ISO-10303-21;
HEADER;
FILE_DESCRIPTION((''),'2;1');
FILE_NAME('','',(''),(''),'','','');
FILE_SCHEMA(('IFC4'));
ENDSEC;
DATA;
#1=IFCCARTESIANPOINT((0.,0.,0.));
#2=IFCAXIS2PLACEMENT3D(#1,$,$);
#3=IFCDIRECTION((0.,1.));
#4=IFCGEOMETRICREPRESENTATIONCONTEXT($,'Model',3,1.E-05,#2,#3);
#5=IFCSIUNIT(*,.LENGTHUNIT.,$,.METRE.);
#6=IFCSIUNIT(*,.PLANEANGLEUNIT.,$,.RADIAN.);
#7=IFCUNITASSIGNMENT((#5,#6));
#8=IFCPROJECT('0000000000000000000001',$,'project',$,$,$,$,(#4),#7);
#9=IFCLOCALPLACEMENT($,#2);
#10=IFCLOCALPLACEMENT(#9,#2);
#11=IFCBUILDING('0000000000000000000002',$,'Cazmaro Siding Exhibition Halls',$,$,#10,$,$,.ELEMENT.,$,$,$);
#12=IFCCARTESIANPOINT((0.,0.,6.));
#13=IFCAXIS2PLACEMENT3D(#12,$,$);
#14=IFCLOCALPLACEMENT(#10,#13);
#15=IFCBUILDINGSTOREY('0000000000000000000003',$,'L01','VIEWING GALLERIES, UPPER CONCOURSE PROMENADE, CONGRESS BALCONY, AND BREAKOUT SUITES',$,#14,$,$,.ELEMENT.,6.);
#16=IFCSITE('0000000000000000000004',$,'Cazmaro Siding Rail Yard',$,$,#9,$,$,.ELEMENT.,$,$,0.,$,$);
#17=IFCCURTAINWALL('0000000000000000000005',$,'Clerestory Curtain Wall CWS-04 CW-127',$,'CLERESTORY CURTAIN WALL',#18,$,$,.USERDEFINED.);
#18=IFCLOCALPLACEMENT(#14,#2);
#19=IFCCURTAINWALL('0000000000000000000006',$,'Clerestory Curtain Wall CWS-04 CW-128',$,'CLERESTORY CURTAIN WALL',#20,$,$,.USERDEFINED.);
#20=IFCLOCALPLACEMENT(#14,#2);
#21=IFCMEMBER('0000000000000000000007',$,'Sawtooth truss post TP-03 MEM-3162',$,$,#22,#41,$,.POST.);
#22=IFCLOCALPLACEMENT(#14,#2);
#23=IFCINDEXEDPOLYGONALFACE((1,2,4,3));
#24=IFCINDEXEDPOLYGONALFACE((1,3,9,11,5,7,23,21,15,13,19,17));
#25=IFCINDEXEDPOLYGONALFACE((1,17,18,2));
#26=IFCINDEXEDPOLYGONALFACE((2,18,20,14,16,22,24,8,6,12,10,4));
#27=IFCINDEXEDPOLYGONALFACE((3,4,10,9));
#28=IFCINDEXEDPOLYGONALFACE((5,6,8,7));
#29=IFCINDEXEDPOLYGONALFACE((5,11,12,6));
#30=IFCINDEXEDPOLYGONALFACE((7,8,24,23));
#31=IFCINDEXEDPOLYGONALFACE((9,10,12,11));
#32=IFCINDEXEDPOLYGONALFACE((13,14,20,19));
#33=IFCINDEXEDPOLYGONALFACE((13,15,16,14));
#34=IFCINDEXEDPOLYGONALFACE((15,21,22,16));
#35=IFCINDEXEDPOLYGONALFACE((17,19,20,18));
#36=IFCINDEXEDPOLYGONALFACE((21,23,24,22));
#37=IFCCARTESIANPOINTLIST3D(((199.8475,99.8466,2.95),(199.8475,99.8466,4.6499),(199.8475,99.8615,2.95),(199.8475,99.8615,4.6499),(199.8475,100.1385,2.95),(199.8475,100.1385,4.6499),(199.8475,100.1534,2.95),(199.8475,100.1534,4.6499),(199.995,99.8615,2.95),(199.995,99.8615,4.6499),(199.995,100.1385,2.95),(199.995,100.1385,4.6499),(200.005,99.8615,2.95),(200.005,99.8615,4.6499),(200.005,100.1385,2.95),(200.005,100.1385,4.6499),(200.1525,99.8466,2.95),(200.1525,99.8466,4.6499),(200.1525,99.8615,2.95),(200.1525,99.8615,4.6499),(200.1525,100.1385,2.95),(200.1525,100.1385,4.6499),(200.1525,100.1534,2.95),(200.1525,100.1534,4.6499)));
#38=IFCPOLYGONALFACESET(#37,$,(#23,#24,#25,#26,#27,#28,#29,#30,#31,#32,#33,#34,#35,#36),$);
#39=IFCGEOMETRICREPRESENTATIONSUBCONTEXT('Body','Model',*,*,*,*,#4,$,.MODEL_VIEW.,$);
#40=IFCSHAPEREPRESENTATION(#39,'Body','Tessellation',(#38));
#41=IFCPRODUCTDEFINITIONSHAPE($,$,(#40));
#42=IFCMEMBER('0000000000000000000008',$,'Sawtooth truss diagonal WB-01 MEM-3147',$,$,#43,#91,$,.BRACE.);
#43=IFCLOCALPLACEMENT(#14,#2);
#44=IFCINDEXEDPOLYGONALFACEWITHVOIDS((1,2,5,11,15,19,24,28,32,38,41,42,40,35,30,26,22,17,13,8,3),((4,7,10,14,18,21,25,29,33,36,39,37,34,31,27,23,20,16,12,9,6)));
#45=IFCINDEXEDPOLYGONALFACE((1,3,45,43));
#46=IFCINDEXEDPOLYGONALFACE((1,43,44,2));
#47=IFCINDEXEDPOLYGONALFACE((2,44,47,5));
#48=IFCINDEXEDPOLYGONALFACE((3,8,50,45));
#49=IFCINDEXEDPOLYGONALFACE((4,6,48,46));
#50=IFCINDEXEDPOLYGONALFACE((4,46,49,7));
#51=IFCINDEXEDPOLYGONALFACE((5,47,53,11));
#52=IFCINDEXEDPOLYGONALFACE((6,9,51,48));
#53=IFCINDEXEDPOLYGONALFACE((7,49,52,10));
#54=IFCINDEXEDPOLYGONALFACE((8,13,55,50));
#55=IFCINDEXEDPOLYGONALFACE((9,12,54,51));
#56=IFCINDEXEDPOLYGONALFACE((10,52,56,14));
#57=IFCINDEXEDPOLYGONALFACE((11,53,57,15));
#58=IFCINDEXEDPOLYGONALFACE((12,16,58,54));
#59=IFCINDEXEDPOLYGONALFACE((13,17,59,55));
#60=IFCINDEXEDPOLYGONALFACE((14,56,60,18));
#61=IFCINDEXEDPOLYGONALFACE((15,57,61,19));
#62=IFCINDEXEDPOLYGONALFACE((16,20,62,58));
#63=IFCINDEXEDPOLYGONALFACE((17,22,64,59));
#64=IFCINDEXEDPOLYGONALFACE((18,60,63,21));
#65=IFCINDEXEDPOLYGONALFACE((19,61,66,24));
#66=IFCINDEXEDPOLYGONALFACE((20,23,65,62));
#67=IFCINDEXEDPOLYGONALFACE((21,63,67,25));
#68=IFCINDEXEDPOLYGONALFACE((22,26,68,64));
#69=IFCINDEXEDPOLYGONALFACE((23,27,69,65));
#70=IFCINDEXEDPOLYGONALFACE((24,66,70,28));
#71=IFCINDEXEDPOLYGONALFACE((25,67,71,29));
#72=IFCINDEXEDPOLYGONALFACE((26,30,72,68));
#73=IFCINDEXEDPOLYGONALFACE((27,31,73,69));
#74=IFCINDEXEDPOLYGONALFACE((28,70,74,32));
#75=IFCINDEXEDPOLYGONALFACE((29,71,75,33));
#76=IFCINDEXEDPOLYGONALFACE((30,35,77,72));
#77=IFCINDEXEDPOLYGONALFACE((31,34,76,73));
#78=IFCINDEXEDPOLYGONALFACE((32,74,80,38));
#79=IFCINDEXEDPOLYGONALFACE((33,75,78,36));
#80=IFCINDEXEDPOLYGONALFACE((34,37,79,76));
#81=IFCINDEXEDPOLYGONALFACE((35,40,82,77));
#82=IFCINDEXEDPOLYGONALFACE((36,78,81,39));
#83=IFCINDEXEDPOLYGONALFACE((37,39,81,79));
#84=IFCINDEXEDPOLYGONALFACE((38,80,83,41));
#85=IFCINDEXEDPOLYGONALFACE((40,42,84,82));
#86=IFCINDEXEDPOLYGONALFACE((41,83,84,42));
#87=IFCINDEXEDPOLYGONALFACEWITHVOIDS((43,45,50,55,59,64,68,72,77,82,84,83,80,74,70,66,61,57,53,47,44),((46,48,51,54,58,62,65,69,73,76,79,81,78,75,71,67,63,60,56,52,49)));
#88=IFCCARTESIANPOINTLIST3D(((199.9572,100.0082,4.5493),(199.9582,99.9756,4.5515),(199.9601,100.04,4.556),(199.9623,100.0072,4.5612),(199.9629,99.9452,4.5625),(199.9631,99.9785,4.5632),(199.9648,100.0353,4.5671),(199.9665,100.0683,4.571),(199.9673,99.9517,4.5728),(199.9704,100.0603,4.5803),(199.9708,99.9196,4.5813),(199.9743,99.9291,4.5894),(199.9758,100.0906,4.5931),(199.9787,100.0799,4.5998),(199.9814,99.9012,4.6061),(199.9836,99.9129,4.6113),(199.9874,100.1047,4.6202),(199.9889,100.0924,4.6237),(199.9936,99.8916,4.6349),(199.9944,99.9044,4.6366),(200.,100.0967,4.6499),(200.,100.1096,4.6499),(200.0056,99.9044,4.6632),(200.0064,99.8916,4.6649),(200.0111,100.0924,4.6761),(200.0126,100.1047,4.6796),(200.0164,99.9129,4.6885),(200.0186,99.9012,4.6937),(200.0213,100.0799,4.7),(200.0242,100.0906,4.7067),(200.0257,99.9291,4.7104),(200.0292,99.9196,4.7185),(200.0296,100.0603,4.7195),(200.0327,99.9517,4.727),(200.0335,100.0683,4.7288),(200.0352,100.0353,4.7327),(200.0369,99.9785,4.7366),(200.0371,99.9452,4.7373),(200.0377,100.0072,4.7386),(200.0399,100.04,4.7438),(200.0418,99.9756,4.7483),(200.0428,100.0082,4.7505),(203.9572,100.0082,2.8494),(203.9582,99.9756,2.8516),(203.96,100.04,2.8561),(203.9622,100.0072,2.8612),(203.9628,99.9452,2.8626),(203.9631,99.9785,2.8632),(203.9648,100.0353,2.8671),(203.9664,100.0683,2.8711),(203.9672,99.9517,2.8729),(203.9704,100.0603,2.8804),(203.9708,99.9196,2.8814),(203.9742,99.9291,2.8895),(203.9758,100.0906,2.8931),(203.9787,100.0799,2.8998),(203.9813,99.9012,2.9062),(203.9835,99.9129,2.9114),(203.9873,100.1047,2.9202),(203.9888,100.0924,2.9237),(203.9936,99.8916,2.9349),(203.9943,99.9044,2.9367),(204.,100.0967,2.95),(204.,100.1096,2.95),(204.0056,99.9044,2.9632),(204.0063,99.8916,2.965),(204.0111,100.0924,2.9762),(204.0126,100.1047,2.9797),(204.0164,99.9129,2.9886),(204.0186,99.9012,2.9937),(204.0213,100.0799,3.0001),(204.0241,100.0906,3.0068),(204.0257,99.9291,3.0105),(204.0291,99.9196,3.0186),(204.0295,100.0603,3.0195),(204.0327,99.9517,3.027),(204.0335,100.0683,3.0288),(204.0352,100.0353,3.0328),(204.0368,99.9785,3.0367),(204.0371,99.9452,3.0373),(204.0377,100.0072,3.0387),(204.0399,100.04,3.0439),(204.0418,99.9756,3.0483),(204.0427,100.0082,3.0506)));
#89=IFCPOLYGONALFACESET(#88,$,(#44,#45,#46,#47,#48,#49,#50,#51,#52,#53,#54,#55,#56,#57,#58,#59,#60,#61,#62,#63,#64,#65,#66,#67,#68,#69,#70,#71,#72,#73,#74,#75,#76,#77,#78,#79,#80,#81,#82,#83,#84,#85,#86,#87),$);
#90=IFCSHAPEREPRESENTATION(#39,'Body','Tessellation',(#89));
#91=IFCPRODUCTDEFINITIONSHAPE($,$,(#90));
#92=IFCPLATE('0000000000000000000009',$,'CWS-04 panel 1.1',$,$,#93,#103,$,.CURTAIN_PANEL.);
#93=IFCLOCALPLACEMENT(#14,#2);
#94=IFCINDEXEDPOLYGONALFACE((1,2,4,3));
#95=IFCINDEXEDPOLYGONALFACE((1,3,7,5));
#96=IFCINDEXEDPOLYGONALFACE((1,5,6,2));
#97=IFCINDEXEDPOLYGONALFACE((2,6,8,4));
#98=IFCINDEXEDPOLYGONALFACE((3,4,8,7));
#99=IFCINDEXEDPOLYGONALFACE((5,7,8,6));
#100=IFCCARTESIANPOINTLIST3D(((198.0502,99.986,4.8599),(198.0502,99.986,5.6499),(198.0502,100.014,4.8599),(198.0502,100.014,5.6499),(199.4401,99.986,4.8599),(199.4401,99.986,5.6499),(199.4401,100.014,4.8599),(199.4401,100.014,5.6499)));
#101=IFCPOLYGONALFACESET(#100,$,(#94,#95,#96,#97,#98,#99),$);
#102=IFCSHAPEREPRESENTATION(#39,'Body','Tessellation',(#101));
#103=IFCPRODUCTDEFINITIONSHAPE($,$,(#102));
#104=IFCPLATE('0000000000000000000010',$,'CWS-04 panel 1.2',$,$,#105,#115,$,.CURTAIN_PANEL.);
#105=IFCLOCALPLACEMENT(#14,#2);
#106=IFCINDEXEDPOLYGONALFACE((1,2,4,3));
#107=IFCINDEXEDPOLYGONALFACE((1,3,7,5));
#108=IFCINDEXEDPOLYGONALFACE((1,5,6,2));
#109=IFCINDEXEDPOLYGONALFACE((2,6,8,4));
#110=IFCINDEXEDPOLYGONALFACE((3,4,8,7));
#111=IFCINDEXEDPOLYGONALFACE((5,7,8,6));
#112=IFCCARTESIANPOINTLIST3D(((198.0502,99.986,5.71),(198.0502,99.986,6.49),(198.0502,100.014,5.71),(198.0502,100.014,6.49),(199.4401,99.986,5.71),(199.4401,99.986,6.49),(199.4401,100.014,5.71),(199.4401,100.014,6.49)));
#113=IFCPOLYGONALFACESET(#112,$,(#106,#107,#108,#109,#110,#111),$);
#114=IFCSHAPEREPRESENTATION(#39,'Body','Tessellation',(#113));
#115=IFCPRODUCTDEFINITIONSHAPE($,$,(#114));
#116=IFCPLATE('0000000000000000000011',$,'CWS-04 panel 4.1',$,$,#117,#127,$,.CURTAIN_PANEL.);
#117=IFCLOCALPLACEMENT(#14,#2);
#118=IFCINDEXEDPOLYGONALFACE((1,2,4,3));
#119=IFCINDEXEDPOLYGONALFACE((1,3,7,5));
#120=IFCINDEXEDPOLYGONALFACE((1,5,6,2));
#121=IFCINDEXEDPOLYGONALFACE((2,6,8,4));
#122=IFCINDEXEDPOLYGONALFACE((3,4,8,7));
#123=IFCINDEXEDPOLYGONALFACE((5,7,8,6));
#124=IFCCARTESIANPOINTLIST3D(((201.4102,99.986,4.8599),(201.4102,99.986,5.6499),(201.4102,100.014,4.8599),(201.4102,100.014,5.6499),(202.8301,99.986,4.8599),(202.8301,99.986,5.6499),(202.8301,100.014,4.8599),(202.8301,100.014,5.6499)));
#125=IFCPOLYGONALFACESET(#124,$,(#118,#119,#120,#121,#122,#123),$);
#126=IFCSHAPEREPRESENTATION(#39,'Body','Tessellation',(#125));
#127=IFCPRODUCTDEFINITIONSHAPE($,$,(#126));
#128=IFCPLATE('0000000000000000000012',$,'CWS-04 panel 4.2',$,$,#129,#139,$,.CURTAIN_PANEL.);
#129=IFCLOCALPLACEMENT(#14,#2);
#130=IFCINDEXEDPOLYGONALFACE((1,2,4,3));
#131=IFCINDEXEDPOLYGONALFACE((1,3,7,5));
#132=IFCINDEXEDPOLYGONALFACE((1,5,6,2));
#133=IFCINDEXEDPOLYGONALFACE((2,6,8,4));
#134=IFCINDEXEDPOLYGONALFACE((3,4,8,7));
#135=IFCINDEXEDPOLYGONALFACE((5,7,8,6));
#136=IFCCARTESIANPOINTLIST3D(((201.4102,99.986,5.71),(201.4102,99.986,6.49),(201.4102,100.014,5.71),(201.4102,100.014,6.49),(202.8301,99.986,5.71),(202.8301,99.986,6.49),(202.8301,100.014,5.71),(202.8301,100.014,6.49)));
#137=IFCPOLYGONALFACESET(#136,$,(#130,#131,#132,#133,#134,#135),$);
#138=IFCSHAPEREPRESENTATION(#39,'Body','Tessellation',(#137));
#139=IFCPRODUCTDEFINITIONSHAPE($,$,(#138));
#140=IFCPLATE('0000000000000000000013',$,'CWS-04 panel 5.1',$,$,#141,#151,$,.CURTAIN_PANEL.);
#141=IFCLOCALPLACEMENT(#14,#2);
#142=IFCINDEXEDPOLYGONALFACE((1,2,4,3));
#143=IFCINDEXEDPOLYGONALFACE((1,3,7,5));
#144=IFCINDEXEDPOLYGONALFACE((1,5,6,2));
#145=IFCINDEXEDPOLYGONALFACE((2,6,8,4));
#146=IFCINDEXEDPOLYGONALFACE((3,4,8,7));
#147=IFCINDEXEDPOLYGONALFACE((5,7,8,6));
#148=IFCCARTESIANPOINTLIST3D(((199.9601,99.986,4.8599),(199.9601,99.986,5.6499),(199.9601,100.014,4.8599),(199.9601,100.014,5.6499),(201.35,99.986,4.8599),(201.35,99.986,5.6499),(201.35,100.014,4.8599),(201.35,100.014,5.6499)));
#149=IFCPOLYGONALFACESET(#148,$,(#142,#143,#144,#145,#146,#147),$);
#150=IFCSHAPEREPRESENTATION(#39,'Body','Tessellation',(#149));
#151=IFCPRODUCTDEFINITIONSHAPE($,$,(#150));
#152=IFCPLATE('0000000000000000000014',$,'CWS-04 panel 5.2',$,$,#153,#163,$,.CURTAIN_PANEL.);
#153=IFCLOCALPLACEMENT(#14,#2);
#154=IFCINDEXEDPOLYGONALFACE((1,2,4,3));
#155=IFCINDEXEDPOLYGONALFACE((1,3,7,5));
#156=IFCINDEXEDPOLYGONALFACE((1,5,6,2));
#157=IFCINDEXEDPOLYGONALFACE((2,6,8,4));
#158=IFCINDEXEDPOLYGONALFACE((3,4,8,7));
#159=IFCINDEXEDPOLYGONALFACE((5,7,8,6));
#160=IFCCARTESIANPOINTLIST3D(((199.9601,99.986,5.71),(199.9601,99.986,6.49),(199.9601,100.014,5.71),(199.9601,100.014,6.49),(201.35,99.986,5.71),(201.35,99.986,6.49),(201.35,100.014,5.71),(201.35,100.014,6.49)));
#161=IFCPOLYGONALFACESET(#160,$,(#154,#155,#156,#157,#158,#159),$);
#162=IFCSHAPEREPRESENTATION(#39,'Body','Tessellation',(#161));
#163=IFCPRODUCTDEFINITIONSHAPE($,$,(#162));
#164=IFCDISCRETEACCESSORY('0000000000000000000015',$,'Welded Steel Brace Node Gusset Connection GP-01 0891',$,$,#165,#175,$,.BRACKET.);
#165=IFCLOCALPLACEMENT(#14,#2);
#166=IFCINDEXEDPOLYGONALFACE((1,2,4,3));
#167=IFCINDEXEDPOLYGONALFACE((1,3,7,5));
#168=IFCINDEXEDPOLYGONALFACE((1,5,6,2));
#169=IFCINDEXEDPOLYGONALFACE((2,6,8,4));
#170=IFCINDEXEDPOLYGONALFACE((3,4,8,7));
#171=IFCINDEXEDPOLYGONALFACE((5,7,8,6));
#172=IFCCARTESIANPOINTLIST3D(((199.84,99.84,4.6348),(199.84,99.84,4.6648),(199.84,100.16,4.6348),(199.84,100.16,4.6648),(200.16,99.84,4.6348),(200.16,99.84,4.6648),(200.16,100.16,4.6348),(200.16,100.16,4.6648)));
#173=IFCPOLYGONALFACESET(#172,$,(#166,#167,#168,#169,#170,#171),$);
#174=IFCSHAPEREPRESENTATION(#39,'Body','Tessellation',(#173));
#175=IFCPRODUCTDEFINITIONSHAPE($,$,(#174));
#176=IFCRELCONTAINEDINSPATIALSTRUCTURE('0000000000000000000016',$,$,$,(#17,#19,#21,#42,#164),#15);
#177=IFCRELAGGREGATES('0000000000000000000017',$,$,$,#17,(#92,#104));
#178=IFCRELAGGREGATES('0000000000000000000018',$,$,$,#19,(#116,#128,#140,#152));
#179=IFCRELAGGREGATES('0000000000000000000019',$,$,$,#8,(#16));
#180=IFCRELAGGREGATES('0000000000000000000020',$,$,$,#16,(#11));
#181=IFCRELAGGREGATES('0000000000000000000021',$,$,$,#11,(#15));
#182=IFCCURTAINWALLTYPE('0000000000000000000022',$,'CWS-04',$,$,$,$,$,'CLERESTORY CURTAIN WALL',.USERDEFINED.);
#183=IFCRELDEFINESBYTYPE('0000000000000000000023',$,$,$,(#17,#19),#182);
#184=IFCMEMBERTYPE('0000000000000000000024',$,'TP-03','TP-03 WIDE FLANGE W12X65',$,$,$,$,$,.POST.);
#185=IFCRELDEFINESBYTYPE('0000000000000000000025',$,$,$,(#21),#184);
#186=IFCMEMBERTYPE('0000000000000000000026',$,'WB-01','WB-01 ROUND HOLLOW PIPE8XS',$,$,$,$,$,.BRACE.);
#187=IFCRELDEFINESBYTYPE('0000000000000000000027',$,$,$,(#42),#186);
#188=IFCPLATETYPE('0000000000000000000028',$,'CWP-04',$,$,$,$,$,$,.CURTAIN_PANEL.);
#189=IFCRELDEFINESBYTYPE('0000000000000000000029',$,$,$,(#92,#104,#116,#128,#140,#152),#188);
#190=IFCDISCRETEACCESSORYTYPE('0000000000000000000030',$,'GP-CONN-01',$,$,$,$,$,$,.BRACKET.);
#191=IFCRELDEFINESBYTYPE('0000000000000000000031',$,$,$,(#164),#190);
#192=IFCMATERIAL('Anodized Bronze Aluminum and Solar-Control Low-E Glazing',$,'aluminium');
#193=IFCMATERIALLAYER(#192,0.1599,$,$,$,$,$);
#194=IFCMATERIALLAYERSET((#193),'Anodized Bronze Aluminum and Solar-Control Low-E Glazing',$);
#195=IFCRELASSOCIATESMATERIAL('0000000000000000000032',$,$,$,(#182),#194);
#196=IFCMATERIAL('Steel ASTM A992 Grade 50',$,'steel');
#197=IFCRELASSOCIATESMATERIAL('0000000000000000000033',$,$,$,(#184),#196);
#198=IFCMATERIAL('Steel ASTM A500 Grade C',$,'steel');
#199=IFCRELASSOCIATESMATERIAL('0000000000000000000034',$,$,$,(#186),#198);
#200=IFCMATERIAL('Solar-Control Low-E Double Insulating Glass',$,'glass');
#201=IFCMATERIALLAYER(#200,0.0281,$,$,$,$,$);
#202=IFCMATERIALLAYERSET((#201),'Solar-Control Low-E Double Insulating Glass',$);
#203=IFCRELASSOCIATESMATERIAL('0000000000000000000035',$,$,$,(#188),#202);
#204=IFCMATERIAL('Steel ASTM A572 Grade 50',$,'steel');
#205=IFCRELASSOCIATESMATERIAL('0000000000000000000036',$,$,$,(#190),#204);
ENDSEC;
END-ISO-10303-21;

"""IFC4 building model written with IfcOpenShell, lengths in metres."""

from ifc_helpers import new_model, si_unit, direction, frame, origin, origin_2d, place, context, subcontext, project, spatial, rectangle, hollow_circle, i_section, extrude, material, layer, layer_set, material_profile, profile_set, type_object, element, aggregate, save


model = new_model("IFC4")

# Units and contexts
model_context = context("Model", 3, precision=1e-05, world=origin(), true_north=direction((0.0, 1.0)))
body_context = subcontext(model_context, "Body", "Model", "MODEL_VIEW")
ifc_project = project(units=[si_unit("LENGTHUNIT", "METRE"), si_unit("PLANEANGLEUNIT", "RADIAN")], contexts=[model_context])

# Site, building, storey
site_placement = place(None, origin())
site = spatial("IfcSite", under=ifc_project, at=site_placement, Name="Cazmaro Siding Rail Yard", CompositionType="ELEMENT", RefElevation=0.0)
building_placement = place(site_placement, origin())
building = spatial("IfcBuilding", under=site, at=building_placement, Name="Cazmaro Siding Exhibition Halls", CompositionType="ELEMENT")
storey_placement = place(building_placement, frame((0.0, 0.0, 6.0)))
storey = spatial("IfcBuildingStorey", under=building, at=storey_placement, Name="L01", Description="VIEWING GALLERIES, UPPER CONCOURSE PROMENADE, CONGRESS BALCONY, AND BREAKOUT SUITES", CompositionType="ELEMENT", Elevation=6.0)

# Curtain walls
ifc_material_1 = material(Name="Anodized Bronze Aluminum and Solar-Control Low-E Glazing", Category="aluminium")
ifc_layer_1 = layer(ifc_material_1, 0.1599)
ifc_layer_set_1 = layer_set([ifc_layer_1], Name="Anodized Bronze Aluminum and Solar-Control Low-E Glazing")
curtain_wall_type = type_object("IfcCurtainWallType", Name="CWS-04", ElementType="CLERESTORY CURTAIN WALL", PredefinedType="USERDEFINED", material=ifc_layer_set_1)
curtain_wall_1_placement = place(storey_placement, origin())
curtain_wall_1 = element("IfcCurtainWall", 1, at=curtain_wall_1_placement, inside=storey, type_object=curtain_wall_type, Name="Clerestory Curtain Wall CWS-04 CW-127", ObjectType="CLERESTORY CURTAIN WALL", PredefinedType="USERDEFINED")
curtain_wall_2_placement = place(storey_placement, origin())
curtain_wall_2 = element("IfcCurtainWall", 2, at=curtain_wall_2_placement, inside=storey, type_object=curtain_wall_type, Name="Clerestory Curtain Wall CWS-04 CW-128", ObjectType="CLERESTORY CURTAIN WALL", PredefinedType="USERDEFINED")

# Members
ifc_material_2 = material(Name="Steel ASTM A992 Grade 50", Category="steel")
ifc_material_profile_1 = material_profile(ifc_material_2, i_section(OverallWidth=0.3049, OverallDepth=0.3069, WebThickness=0.01, FlangeThickness=0.0149, at=origin_2d()), Name="W12X65")
ifc_profile_set_1 = profile_set([ifc_material_profile_1], Name="Steel ASTM A992 Grade 50")
member_type_1 = type_object("IfcMemberType", Name="TP-03", Description="TP-03 WIDE FLANGE W12X65", PredefinedType="POST", material=ifc_profile_set_1)
member_1_placement = place(storey_placement, frame((200.0, 100.0, 2.95), z_axis=(0.0, 0.0, 1.0), x_axis=(1.0, 0.0, 0.0)))
element("IfcMember", 3, at=member_1_placement, inside=storey, type_object=member_type_1, Name="Sawtooth truss post TP-03 MEM-3162", PredefinedType="POST", context=body_context, shape_type="SweptSolid", body=[
    extrude(i_section(OverallWidth=0.3049, OverallDepth=0.3069, WebThickness=0.01, FlangeThickness=0.0149, at=origin_2d()), origin(), (0.0, 0.0, 1.0), 1.7),
])
ifc_material_3 = material(Name="Steel ASTM A500 Grade C", Category="steel")
ifc_material_profile_2 = material_profile(ifc_material_3, hollow_circle(Radius=0.1096, WallThickness=0.0129, at=origin_2d()), Name="PIPE8XS")
ifc_profile_set_2 = profile_set([ifc_material_profile_2], Name="Steel ASTM A500 Grade C")
member_type_2 = type_object("IfcMemberType", Name="WB-01", Description="WB-01 ROUND HOLLOW PIPE8XS", PredefinedType="BRACE", material=ifc_profile_set_2)
member_2_placement = place(storey_placement, frame((200.0, 100.0, 4.6499), z_axis=(0.920335, 0.0, -0.391131), x_axis=(0.0, 1.0, 0.0)))
element("IfcMember", 4, at=member_2_placement, inside=storey, type_object=member_type_2, Name="Sawtooth truss diagonal WB-01 MEM-3147", PredefinedType="BRACE", context=body_context, shape_type="SweptSolid", body=[
    extrude(hollow_circle(Radius=0.1096, WallThickness=0.0129, at=origin_2d()), origin(), (0.0, 0.0, 1.0), 4.3462),
])

# Plates
ifc_material_4 = material(Name="Solar-Control Low-E Double Insulating Glass", Category="glass")
ifc_layer_2 = layer(ifc_material_4, 0.0281)
ifc_layer_set_2 = layer_set([ifc_layer_2], Name="Solar-Control Low-E Double Insulating Glass")
plate_type = type_object("IfcPlateType", Name="CWP-04", PredefinedType="CURTAIN_PANEL", material=ifc_layer_set_2)
plate_1_placement = place(storey_placement, frame((198.7451, 100.0, 4.8599), z_axis=(0.0, 0.0, 1.0), x_axis=(-1.0, 0.0, 0.0)))
plate_1 = element("IfcPlate", 5, at=plate_1_placement, type_object=plate_type, Name="CWS-04 panel 1.1", PredefinedType="CURTAIN_PANEL", context=body_context, shape_type="SweptSolid", body=[
    extrude(rectangle(XDim=1.3899, YDim=0.0281, at=origin_2d()), origin(), (0.0, 0.0, 1.0), 0.79),
])
plate_2_placement = place(storey_placement, frame((198.7451, 100.0, 5.71), z_axis=(0.0, 0.0, 1.0), x_axis=(-1.0, 0.0, 0.0)))
plate_2 = element("IfcPlate", 6, at=plate_2_placement, type_object=plate_type, Name="CWS-04 panel 1.2", PredefinedType="CURTAIN_PANEL", context=body_context, shape_type="SweptSolid", body=[
    extrude(rectangle(XDim=1.3899, YDim=0.0281, at=origin_2d()), origin(), (0.0, 0.0, 1.0), 0.78),
])
aggregate(curtain_wall_1, [plate_1, plate_2])
plate_3_placement = place(storey_placement, frame((202.1201, 100.0, 4.8599), z_axis=(0.0, 0.0, 1.0), x_axis=(-1.0, 0.0, 0.0)))
plate_3 = element("IfcPlate", 7, at=plate_3_placement, type_object=plate_type, Name="CWS-04 panel 4.1", PredefinedType="CURTAIN_PANEL", context=body_context, shape_type="SweptSolid", body=[
    extrude(rectangle(XDim=1.4199, YDim=0.0281, at=origin_2d()), origin(), (0.0, 0.0, 1.0), 0.79),
])
plate_4_placement = place(storey_placement, frame((202.1201, 100.0, 5.71), z_axis=(0.0, 0.0, 1.0), x_axis=(-1.0, 0.0, 0.0)))
plate_4 = element("IfcPlate", 8, at=plate_4_placement, type_object=plate_type, Name="CWS-04 panel 4.2", PredefinedType="CURTAIN_PANEL", context=body_context, shape_type="SweptSolid", body=[
    extrude(rectangle(XDim=1.4199, YDim=0.0281, at=origin_2d()), origin(), (0.0, 0.0, 1.0), 0.78),
])
plate_5_placement = place(storey_placement, frame((200.655, 100.0, 4.8599), z_axis=(0.0, 0.0, 1.0), x_axis=(-1.0, 0.0, 0.0)))
plate_5 = element("IfcPlate", 9, at=plate_5_placement, type_object=plate_type, Name="CWS-04 panel 5.1", PredefinedType="CURTAIN_PANEL", context=body_context, shape_type="SweptSolid", body=[
    extrude(rectangle(XDim=1.3899, YDim=0.0281, at=origin_2d()), origin(), (0.0, 0.0, 1.0), 0.79),
])
plate_6_placement = place(storey_placement, frame((200.655, 100.0, 5.71), z_axis=(0.0, 0.0, 1.0), x_axis=(-1.0, 0.0, 0.0)))
plate_6 = element("IfcPlate", 10, at=plate_6_placement, type_object=plate_type, Name="CWS-04 panel 5.2", PredefinedType="CURTAIN_PANEL", context=body_context, shape_type="SweptSolid", body=[
    extrude(rectangle(XDim=1.3899, YDim=0.0281, at=origin_2d()), origin(), (0.0, 0.0, 1.0), 0.78),
])
aggregate(curtain_wall_2, [plate_3, plate_4, plate_5, plate_6])

# Discrete accessory
ifc_material_5 = material(Name="Steel ASTM A572 Grade 50", Category="steel")
discrete_accessory_type = type_object("IfcDiscreteAccessoryType", Name="GP-CONN-01", PredefinedType="BRACKET", material=ifc_material_5)
discrete_accessory_placement = place(storey_placement, frame((200.0, 100.0, 4.6348), z_axis=(0.0, 0.0, 1.0), x_axis=(1.0, 0.0, 0.0)))
element("IfcDiscreteAccessory", 11, at=discrete_accessory_placement, inside=storey, type_object=discrete_accessory_type, Name="Welded Steel Brace Node Gusset Connection GP-01 0891", PredefinedType="BRACKET", context=body_context, shape_type="SweptSolid", body=[
    extrude(rectangle(XDim=0.3201, YDim=0.3201, at=origin_2d()), origin(), (0.0, 0.0, 1.0), 0.03),
])

save(model, "model.ifc")
